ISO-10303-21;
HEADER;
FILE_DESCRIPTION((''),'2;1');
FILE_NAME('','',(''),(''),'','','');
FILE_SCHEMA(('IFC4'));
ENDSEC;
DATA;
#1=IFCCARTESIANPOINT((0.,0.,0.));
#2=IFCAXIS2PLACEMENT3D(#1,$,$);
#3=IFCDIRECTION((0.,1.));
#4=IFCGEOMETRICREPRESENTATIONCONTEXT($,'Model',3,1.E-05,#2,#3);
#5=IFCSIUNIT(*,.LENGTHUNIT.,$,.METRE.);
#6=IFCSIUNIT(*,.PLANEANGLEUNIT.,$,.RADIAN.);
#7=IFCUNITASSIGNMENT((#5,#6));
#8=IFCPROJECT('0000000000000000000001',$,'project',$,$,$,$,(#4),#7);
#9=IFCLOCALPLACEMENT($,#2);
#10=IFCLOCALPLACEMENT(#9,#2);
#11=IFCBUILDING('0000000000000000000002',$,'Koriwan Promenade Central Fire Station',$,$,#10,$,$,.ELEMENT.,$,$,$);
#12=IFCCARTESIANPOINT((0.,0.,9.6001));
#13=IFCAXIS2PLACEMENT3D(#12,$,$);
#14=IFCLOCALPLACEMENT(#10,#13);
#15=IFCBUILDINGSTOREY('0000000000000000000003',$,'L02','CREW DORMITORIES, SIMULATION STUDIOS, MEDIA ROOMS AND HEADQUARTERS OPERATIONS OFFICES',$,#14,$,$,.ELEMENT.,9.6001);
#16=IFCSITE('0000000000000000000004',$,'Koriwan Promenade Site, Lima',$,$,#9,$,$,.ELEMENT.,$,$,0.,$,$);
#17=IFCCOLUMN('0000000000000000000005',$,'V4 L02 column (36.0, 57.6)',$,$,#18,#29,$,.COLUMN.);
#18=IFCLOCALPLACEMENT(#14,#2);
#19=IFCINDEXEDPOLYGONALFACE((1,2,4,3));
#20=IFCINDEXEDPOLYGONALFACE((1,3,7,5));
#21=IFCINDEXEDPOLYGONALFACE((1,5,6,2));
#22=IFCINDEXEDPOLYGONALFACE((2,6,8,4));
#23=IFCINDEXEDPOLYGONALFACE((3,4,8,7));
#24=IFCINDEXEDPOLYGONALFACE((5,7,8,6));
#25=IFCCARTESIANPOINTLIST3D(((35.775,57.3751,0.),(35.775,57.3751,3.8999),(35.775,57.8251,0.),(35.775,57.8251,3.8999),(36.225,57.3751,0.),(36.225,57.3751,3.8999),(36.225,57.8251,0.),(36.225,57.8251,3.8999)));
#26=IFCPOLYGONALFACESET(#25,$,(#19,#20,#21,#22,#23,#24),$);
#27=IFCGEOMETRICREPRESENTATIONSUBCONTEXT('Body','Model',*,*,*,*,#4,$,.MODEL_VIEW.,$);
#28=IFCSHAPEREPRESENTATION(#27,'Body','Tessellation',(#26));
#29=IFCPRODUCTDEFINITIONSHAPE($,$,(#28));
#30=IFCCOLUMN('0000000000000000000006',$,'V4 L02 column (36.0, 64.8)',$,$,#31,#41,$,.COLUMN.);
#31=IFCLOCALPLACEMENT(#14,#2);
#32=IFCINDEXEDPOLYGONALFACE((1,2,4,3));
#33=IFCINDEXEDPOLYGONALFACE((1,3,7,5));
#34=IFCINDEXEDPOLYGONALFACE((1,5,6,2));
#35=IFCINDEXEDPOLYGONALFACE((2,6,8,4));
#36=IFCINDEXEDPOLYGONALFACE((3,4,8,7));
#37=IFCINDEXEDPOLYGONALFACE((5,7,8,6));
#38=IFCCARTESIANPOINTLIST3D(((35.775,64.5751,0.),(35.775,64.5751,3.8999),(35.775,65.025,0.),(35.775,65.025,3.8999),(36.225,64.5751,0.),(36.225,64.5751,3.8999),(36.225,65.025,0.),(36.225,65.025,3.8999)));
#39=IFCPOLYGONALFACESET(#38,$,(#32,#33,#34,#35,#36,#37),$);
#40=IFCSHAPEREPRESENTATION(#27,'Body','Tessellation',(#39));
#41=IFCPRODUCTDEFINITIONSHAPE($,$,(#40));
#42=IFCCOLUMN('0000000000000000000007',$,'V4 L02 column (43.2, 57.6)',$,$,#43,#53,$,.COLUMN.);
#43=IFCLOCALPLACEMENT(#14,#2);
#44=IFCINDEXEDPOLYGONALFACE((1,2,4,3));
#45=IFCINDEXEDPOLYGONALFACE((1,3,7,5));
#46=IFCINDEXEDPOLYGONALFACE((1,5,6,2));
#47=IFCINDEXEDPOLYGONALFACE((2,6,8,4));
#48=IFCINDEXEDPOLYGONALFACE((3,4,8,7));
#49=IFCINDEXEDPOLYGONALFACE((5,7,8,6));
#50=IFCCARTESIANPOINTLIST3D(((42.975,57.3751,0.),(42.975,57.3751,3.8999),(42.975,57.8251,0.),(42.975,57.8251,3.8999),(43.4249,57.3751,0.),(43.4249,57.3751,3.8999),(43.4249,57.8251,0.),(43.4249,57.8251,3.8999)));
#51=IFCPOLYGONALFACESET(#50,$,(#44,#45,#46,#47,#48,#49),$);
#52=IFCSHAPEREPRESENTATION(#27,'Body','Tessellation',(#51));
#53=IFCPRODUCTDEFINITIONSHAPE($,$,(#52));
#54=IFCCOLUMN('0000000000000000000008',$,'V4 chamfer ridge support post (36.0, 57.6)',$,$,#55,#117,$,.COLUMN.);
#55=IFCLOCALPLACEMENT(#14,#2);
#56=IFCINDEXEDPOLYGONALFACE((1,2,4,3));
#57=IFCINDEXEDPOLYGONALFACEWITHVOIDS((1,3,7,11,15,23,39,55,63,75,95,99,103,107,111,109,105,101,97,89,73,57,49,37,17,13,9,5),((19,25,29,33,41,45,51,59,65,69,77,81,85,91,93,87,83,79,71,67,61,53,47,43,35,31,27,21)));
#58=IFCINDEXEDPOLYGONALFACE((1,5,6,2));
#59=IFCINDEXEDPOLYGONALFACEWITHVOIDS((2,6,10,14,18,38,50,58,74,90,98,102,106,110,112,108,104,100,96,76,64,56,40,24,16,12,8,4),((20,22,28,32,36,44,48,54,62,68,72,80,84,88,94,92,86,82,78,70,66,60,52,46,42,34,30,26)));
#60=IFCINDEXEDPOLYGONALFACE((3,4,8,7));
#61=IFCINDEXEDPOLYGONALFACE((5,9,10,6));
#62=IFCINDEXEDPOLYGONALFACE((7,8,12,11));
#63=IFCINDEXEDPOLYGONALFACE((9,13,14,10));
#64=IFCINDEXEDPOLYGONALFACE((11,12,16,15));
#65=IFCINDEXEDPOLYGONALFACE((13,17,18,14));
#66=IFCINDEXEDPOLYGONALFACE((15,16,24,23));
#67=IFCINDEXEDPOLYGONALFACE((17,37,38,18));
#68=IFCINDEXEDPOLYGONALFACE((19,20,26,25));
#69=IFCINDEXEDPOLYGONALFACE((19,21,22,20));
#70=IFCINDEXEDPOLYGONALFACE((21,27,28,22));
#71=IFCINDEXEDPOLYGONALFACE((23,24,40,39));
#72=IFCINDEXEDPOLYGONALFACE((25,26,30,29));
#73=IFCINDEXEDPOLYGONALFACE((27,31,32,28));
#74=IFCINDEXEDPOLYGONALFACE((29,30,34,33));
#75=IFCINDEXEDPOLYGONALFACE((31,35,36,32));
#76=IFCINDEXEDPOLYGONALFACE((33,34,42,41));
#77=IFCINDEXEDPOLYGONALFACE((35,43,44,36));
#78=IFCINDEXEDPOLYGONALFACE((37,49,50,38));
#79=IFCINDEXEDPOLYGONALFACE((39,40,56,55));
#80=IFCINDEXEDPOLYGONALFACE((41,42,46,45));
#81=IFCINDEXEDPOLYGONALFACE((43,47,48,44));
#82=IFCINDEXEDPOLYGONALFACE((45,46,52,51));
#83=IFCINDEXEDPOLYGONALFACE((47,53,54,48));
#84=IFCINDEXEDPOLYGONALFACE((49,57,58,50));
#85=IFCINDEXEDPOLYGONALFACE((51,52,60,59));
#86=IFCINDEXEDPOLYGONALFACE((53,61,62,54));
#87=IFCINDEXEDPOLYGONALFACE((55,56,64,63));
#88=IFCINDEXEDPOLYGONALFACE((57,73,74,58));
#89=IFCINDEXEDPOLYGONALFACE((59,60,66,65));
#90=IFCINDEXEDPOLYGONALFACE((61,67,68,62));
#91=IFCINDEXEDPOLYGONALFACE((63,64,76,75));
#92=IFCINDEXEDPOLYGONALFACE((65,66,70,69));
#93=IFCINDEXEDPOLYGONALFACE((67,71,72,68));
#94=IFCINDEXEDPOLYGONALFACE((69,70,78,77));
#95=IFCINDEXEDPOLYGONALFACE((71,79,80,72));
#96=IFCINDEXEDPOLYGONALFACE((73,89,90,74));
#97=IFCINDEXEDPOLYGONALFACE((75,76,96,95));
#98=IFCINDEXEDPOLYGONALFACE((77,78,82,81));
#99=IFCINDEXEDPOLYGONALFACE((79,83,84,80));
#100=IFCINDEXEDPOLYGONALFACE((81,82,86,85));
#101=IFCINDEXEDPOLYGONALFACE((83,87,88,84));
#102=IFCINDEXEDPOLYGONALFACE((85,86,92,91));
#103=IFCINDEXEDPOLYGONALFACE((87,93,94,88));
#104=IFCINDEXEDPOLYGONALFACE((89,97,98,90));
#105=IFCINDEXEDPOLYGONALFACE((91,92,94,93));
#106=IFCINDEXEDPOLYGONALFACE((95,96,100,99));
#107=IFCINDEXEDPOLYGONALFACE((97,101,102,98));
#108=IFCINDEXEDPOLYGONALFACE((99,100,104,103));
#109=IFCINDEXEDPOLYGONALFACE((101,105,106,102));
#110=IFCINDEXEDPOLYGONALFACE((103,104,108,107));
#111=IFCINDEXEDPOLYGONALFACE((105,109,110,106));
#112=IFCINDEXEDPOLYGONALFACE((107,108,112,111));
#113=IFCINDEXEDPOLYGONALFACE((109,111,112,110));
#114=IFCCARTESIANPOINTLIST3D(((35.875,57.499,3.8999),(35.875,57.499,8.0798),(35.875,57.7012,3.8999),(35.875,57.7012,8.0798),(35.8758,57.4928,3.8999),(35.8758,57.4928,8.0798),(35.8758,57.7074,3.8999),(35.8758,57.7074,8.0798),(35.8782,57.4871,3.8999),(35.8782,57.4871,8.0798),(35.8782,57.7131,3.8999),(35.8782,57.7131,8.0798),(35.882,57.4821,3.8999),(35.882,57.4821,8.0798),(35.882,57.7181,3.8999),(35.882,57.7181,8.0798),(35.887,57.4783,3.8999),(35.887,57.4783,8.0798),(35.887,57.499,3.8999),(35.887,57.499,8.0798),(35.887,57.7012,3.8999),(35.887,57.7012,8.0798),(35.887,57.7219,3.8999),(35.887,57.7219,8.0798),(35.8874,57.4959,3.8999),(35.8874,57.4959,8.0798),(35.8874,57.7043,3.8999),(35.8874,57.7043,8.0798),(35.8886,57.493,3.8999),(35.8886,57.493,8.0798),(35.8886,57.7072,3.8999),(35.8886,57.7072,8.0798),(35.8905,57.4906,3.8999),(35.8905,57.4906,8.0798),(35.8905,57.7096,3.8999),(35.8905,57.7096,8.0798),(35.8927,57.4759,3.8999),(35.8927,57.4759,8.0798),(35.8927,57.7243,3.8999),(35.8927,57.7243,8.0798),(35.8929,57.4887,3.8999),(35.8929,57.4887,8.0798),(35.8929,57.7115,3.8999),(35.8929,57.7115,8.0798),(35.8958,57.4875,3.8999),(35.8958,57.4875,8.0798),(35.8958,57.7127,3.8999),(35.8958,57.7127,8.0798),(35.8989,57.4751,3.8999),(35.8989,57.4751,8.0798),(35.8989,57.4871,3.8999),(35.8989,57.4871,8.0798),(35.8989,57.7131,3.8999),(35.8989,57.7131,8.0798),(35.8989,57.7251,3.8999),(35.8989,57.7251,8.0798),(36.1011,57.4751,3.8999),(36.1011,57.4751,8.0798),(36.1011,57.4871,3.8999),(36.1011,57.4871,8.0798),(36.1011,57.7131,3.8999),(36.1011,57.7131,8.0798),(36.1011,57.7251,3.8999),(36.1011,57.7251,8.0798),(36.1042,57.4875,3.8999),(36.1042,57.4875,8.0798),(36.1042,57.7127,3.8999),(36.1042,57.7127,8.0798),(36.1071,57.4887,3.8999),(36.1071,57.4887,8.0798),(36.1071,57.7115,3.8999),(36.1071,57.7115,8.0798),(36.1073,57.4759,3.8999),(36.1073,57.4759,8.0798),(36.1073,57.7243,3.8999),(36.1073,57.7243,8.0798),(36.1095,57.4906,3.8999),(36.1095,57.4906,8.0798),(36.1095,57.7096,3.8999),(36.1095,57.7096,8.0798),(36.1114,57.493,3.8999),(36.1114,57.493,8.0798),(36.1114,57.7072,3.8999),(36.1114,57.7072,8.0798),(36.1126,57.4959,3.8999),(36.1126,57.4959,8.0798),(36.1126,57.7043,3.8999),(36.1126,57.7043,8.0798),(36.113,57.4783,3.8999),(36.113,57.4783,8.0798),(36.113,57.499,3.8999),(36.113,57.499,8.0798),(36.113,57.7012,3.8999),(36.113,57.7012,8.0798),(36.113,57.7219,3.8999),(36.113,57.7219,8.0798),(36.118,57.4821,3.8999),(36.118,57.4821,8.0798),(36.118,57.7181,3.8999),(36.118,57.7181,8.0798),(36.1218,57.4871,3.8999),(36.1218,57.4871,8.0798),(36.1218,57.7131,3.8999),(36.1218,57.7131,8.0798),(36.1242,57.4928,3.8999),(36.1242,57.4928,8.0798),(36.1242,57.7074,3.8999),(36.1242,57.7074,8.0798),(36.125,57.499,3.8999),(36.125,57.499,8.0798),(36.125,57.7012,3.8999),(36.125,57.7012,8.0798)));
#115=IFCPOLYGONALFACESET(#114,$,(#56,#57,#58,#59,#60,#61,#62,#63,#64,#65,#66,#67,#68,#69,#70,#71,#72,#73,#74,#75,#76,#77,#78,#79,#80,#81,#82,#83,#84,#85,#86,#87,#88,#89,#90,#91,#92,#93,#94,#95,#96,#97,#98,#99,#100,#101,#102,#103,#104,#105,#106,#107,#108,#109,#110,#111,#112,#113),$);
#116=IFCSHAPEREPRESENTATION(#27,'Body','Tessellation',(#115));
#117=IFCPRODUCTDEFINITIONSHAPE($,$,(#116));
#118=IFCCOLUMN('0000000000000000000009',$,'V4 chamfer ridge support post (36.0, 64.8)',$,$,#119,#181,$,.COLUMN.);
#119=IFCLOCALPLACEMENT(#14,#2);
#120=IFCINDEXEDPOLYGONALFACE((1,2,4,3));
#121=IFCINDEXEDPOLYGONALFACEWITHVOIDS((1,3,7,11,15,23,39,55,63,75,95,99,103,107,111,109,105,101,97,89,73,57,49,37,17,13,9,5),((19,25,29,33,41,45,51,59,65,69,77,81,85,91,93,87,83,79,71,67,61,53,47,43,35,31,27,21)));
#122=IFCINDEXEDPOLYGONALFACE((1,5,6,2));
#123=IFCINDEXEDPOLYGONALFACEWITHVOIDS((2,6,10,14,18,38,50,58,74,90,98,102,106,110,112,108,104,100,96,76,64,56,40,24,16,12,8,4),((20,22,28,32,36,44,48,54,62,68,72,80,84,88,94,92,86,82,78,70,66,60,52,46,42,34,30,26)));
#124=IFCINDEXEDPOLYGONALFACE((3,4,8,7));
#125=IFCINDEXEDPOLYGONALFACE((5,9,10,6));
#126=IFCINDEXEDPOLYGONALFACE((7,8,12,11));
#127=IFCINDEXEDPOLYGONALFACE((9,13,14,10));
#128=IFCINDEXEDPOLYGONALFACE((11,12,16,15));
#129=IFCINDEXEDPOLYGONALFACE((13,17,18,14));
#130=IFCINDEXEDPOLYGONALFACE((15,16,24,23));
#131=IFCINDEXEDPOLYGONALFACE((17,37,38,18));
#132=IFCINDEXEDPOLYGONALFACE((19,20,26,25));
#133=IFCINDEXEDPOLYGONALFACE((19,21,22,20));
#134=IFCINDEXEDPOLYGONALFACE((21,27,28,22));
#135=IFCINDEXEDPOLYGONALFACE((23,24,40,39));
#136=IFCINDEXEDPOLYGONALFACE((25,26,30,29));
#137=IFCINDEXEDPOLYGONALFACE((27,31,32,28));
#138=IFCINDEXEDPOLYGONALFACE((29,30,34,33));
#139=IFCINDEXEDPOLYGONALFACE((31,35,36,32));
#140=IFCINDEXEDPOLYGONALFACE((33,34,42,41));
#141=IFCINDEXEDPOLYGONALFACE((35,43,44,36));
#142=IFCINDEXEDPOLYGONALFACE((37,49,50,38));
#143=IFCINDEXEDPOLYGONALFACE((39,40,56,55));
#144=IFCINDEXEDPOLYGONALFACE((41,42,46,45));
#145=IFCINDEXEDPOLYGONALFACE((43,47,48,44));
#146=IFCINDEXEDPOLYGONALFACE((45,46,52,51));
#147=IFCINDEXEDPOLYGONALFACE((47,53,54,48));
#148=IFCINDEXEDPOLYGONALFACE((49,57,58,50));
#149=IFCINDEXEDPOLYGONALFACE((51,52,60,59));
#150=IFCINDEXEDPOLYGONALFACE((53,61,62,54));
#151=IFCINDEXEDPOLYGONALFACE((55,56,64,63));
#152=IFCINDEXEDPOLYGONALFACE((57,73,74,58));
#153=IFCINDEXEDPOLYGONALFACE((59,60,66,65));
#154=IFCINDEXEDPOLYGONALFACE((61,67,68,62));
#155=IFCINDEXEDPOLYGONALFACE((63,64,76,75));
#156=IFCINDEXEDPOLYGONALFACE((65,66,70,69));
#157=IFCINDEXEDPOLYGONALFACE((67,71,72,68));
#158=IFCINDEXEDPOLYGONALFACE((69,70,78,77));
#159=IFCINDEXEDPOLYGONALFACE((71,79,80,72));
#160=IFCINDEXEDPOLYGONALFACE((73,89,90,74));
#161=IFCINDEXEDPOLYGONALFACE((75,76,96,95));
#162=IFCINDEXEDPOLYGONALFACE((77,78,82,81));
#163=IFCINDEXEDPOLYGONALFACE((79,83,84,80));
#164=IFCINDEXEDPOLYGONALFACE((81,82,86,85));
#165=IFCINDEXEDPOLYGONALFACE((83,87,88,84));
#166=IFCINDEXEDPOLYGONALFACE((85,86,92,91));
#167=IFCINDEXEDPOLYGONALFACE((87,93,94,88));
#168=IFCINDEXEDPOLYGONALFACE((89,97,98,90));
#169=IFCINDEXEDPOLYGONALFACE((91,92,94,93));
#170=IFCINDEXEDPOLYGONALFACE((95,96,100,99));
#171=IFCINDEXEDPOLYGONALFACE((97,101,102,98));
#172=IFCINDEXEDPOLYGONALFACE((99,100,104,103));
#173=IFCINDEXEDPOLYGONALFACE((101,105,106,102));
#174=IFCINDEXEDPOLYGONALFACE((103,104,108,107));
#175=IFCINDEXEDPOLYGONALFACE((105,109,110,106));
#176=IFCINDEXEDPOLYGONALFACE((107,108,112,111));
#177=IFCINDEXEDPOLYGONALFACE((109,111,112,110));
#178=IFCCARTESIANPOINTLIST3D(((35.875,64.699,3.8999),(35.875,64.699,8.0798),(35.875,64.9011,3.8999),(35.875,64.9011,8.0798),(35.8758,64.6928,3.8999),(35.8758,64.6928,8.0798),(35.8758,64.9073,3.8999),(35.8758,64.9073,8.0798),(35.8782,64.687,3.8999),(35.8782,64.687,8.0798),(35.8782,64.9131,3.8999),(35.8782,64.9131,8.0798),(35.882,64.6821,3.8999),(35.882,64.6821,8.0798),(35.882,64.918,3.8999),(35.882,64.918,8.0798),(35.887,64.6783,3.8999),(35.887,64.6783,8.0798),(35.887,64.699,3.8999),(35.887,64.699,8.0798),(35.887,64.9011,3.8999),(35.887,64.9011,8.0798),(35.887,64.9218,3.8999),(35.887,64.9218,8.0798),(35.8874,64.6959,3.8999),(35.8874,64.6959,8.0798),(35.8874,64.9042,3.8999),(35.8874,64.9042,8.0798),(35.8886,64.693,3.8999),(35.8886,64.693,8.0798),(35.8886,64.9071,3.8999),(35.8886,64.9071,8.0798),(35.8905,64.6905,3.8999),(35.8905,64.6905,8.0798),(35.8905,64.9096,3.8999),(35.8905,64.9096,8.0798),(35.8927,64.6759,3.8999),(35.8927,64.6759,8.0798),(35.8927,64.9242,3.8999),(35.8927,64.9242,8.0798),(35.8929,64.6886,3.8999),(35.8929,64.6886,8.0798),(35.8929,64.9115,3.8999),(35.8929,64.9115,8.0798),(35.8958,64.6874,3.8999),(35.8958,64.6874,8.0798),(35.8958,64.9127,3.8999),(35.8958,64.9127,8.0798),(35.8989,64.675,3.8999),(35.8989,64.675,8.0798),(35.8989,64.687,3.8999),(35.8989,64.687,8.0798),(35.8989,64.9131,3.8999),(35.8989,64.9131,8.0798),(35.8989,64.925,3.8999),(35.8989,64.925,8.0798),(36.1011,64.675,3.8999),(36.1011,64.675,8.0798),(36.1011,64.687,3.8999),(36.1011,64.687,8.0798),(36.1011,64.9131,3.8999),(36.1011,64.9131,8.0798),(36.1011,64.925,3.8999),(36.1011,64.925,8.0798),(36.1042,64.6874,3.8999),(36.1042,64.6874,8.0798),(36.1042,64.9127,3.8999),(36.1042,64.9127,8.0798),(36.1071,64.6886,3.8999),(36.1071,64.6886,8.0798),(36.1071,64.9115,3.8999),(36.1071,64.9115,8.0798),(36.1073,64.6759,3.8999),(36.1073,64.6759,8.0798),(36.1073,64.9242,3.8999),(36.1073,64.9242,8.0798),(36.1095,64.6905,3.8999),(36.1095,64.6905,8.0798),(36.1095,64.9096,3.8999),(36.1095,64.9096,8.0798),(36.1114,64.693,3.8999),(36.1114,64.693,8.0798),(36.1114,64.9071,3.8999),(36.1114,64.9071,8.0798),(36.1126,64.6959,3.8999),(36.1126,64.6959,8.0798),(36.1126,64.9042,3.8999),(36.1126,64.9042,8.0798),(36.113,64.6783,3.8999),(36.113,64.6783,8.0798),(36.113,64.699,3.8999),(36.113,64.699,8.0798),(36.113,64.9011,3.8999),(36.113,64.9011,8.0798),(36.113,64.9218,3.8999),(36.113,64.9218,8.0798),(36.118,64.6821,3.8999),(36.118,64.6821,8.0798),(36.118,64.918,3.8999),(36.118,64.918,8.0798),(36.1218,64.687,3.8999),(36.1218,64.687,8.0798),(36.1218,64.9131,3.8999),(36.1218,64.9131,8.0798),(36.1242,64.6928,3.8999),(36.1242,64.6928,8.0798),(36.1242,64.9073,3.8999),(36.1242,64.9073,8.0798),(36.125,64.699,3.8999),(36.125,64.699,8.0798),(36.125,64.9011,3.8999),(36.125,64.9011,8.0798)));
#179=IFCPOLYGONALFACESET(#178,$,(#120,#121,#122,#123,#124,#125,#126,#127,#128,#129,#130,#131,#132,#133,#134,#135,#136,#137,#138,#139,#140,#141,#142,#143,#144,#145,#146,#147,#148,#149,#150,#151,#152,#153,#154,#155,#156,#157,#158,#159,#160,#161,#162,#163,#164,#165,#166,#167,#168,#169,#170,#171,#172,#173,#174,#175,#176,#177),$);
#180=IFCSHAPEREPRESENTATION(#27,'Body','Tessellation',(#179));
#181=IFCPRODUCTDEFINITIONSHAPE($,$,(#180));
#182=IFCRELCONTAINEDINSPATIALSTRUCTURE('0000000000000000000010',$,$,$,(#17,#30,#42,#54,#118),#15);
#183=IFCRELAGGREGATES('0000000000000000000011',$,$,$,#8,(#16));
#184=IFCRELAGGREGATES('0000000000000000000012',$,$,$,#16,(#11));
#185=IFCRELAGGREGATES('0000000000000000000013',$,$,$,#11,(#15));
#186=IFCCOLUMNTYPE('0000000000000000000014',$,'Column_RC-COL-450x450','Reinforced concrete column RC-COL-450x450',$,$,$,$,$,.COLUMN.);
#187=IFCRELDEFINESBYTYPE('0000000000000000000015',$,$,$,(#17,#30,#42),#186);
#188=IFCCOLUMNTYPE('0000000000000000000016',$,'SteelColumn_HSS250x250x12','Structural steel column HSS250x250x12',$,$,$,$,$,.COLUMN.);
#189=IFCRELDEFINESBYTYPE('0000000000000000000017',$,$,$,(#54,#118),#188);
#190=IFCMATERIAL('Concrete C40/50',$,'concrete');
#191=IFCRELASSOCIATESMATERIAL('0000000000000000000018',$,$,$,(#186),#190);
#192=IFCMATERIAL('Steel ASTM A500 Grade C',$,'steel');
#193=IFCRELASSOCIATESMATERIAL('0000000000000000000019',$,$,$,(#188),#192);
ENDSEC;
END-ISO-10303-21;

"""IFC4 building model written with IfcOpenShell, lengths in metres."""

from ifc_helpers import new_model, si_unit, direction, frame, origin, origin_2d, place, context, subcontext, project, spatial, rectangle, hollow_rectangle, extrude, material, material_profile, profile_set, type_object, element, save


model = new_model("IFC4")

# Units and contexts
model_context = context("Model", 3, precision=1e-05, world=origin(), true_north=direction((0.0, 1.0)))
body_context = subcontext(model_context, "Body", "Model", "MODEL_VIEW")
ifc_project = project(units=[si_unit("LENGTHUNIT", "METRE"), si_unit("PLANEANGLEUNIT", "RADIAN")], contexts=[model_context])

# Site, building, storey
site_placement = place(None, origin())
site = spatial("IfcSite", under=ifc_project, at=site_placement, Name="Koriwan Promenade Site, Lima", CompositionType="ELEMENT", RefElevation=0.0)
building_placement = place(site_placement, origin())
building = spatial("IfcBuilding", under=site, at=building_placement, Name="Koriwan Promenade Central Fire Station", CompositionType="ELEMENT")
storey_placement = place(building_placement, frame((0.0, 0.0, 9.6001)))
storey = spatial("IfcBuildingStorey", under=building, at=storey_placement, Name="L02", Description="CREW DORMITORIES, SIMULATION STUDIOS, MEDIA ROOMS AND HEADQUARTERS OPERATIONS OFFICES", CompositionType="ELEMENT", Elevation=9.6001)

# Columns
ifc_material_1 = material(Name="Concrete C40/50", Category="concrete")
ifc_material_profile_1 = material_profile(ifc_material_1, rectangle(XDim=0.45, YDim=0.45, at=origin_2d()), Name="RC-COL-450x450")
ifc_profile_set_1 = profile_set([ifc_material_profile_1], Name="Concrete C40/50")
column_type_1 = type_object("IfcColumnType", Name="Column_RC-COL-450x450", Description="Reinforced concrete column RC-COL-450x450", PredefinedType="COLUMN", material=ifc_profile_set_1)
for number, where, z_axis, x_axis, name in (
    (1, (36.0, 57.6001, 0.0), (0.0, 0.0, 1.0), (1.0, 0.0, 0.0), "V4 L02 column (36.0, 57.6)"),
    (2, (36.0, 64.8, 0.0), (0.0, 0.0, 1.0), (1.0, 0.0, 0.0), "V4 L02 column (36.0, 64.8)"),
    (3, (43.2, 57.6001, 0.0), (0.0, 0.0, 1.0), (1.0, 0.0, 0.0), "V4 L02 column (43.2, 57.6)"),
):
    element("IfcColumn", number, at=place(storey_placement, frame(where, z_axis=z_axis, x_axis=x_axis)), inside=storey, type_object=column_type_1, Name=name, PredefinedType="COLUMN", context=body_context, shape_type="SweptSolid", body=[
        extrude(rectangle(XDim=0.45, YDim=0.45, at=origin_2d()), origin(), (0.0, 0.0, 1.0), 3.8999),
    ])
ifc_material_2 = material(Name="Steel ASTM A500 Grade C", Category="steel")
ifc_material_profile_2 = material_profile(ifc_material_2, hollow_rectangle(XDim=0.25, YDim=0.25, WallThickness=0.012, InnerFilletRadius=0.012, OuterFilletRadius=0.0239, at=origin_2d()), Name="HSS250x250x12")
ifc_profile_set_2 = profile_set([ifc_material_profile_2], Name="Steel ASTM A500 Grade C")
column_type_2 = type_object("IfcColumnType", Name="SteelColumn_HSS250x250x12", Description="Structural steel column HSS250x250x12", PredefinedType="COLUMN", material=ifc_profile_set_2)
for number, where, z_axis, x_axis, name in (
    (4, (36.0, 57.6001, 3.8999), (0.0, 0.0, 1.0), (1.0, 0.0, 0.0), "V4 chamfer ridge support post (36.0, 57.6)"),
    (5, (36.0, 64.8, 3.8999), (0.0, 0.0, 1.0), (1.0, 0.0, 0.0), "V4 chamfer ridge support post (36.0, 64.8)"),
):
    element("IfcColumn", number, at=place(storey_placement, frame(where, z_axis=z_axis, x_axis=x_axis)), inside=storey, type_object=column_type_2, Name=name, PredefinedType="COLUMN", context=body_context, shape_type="SweptSolid", body=[
        extrude(hollow_rectangle(XDim=0.25, YDim=0.25, WallThickness=0.012, InnerFilletRadius=0.012, OuterFilletRadius=0.0239, at=origin_2d()), origin(), (0.0, 0.0, 1.0), 4.1799),
    ])

save(model, "model.ifc")
